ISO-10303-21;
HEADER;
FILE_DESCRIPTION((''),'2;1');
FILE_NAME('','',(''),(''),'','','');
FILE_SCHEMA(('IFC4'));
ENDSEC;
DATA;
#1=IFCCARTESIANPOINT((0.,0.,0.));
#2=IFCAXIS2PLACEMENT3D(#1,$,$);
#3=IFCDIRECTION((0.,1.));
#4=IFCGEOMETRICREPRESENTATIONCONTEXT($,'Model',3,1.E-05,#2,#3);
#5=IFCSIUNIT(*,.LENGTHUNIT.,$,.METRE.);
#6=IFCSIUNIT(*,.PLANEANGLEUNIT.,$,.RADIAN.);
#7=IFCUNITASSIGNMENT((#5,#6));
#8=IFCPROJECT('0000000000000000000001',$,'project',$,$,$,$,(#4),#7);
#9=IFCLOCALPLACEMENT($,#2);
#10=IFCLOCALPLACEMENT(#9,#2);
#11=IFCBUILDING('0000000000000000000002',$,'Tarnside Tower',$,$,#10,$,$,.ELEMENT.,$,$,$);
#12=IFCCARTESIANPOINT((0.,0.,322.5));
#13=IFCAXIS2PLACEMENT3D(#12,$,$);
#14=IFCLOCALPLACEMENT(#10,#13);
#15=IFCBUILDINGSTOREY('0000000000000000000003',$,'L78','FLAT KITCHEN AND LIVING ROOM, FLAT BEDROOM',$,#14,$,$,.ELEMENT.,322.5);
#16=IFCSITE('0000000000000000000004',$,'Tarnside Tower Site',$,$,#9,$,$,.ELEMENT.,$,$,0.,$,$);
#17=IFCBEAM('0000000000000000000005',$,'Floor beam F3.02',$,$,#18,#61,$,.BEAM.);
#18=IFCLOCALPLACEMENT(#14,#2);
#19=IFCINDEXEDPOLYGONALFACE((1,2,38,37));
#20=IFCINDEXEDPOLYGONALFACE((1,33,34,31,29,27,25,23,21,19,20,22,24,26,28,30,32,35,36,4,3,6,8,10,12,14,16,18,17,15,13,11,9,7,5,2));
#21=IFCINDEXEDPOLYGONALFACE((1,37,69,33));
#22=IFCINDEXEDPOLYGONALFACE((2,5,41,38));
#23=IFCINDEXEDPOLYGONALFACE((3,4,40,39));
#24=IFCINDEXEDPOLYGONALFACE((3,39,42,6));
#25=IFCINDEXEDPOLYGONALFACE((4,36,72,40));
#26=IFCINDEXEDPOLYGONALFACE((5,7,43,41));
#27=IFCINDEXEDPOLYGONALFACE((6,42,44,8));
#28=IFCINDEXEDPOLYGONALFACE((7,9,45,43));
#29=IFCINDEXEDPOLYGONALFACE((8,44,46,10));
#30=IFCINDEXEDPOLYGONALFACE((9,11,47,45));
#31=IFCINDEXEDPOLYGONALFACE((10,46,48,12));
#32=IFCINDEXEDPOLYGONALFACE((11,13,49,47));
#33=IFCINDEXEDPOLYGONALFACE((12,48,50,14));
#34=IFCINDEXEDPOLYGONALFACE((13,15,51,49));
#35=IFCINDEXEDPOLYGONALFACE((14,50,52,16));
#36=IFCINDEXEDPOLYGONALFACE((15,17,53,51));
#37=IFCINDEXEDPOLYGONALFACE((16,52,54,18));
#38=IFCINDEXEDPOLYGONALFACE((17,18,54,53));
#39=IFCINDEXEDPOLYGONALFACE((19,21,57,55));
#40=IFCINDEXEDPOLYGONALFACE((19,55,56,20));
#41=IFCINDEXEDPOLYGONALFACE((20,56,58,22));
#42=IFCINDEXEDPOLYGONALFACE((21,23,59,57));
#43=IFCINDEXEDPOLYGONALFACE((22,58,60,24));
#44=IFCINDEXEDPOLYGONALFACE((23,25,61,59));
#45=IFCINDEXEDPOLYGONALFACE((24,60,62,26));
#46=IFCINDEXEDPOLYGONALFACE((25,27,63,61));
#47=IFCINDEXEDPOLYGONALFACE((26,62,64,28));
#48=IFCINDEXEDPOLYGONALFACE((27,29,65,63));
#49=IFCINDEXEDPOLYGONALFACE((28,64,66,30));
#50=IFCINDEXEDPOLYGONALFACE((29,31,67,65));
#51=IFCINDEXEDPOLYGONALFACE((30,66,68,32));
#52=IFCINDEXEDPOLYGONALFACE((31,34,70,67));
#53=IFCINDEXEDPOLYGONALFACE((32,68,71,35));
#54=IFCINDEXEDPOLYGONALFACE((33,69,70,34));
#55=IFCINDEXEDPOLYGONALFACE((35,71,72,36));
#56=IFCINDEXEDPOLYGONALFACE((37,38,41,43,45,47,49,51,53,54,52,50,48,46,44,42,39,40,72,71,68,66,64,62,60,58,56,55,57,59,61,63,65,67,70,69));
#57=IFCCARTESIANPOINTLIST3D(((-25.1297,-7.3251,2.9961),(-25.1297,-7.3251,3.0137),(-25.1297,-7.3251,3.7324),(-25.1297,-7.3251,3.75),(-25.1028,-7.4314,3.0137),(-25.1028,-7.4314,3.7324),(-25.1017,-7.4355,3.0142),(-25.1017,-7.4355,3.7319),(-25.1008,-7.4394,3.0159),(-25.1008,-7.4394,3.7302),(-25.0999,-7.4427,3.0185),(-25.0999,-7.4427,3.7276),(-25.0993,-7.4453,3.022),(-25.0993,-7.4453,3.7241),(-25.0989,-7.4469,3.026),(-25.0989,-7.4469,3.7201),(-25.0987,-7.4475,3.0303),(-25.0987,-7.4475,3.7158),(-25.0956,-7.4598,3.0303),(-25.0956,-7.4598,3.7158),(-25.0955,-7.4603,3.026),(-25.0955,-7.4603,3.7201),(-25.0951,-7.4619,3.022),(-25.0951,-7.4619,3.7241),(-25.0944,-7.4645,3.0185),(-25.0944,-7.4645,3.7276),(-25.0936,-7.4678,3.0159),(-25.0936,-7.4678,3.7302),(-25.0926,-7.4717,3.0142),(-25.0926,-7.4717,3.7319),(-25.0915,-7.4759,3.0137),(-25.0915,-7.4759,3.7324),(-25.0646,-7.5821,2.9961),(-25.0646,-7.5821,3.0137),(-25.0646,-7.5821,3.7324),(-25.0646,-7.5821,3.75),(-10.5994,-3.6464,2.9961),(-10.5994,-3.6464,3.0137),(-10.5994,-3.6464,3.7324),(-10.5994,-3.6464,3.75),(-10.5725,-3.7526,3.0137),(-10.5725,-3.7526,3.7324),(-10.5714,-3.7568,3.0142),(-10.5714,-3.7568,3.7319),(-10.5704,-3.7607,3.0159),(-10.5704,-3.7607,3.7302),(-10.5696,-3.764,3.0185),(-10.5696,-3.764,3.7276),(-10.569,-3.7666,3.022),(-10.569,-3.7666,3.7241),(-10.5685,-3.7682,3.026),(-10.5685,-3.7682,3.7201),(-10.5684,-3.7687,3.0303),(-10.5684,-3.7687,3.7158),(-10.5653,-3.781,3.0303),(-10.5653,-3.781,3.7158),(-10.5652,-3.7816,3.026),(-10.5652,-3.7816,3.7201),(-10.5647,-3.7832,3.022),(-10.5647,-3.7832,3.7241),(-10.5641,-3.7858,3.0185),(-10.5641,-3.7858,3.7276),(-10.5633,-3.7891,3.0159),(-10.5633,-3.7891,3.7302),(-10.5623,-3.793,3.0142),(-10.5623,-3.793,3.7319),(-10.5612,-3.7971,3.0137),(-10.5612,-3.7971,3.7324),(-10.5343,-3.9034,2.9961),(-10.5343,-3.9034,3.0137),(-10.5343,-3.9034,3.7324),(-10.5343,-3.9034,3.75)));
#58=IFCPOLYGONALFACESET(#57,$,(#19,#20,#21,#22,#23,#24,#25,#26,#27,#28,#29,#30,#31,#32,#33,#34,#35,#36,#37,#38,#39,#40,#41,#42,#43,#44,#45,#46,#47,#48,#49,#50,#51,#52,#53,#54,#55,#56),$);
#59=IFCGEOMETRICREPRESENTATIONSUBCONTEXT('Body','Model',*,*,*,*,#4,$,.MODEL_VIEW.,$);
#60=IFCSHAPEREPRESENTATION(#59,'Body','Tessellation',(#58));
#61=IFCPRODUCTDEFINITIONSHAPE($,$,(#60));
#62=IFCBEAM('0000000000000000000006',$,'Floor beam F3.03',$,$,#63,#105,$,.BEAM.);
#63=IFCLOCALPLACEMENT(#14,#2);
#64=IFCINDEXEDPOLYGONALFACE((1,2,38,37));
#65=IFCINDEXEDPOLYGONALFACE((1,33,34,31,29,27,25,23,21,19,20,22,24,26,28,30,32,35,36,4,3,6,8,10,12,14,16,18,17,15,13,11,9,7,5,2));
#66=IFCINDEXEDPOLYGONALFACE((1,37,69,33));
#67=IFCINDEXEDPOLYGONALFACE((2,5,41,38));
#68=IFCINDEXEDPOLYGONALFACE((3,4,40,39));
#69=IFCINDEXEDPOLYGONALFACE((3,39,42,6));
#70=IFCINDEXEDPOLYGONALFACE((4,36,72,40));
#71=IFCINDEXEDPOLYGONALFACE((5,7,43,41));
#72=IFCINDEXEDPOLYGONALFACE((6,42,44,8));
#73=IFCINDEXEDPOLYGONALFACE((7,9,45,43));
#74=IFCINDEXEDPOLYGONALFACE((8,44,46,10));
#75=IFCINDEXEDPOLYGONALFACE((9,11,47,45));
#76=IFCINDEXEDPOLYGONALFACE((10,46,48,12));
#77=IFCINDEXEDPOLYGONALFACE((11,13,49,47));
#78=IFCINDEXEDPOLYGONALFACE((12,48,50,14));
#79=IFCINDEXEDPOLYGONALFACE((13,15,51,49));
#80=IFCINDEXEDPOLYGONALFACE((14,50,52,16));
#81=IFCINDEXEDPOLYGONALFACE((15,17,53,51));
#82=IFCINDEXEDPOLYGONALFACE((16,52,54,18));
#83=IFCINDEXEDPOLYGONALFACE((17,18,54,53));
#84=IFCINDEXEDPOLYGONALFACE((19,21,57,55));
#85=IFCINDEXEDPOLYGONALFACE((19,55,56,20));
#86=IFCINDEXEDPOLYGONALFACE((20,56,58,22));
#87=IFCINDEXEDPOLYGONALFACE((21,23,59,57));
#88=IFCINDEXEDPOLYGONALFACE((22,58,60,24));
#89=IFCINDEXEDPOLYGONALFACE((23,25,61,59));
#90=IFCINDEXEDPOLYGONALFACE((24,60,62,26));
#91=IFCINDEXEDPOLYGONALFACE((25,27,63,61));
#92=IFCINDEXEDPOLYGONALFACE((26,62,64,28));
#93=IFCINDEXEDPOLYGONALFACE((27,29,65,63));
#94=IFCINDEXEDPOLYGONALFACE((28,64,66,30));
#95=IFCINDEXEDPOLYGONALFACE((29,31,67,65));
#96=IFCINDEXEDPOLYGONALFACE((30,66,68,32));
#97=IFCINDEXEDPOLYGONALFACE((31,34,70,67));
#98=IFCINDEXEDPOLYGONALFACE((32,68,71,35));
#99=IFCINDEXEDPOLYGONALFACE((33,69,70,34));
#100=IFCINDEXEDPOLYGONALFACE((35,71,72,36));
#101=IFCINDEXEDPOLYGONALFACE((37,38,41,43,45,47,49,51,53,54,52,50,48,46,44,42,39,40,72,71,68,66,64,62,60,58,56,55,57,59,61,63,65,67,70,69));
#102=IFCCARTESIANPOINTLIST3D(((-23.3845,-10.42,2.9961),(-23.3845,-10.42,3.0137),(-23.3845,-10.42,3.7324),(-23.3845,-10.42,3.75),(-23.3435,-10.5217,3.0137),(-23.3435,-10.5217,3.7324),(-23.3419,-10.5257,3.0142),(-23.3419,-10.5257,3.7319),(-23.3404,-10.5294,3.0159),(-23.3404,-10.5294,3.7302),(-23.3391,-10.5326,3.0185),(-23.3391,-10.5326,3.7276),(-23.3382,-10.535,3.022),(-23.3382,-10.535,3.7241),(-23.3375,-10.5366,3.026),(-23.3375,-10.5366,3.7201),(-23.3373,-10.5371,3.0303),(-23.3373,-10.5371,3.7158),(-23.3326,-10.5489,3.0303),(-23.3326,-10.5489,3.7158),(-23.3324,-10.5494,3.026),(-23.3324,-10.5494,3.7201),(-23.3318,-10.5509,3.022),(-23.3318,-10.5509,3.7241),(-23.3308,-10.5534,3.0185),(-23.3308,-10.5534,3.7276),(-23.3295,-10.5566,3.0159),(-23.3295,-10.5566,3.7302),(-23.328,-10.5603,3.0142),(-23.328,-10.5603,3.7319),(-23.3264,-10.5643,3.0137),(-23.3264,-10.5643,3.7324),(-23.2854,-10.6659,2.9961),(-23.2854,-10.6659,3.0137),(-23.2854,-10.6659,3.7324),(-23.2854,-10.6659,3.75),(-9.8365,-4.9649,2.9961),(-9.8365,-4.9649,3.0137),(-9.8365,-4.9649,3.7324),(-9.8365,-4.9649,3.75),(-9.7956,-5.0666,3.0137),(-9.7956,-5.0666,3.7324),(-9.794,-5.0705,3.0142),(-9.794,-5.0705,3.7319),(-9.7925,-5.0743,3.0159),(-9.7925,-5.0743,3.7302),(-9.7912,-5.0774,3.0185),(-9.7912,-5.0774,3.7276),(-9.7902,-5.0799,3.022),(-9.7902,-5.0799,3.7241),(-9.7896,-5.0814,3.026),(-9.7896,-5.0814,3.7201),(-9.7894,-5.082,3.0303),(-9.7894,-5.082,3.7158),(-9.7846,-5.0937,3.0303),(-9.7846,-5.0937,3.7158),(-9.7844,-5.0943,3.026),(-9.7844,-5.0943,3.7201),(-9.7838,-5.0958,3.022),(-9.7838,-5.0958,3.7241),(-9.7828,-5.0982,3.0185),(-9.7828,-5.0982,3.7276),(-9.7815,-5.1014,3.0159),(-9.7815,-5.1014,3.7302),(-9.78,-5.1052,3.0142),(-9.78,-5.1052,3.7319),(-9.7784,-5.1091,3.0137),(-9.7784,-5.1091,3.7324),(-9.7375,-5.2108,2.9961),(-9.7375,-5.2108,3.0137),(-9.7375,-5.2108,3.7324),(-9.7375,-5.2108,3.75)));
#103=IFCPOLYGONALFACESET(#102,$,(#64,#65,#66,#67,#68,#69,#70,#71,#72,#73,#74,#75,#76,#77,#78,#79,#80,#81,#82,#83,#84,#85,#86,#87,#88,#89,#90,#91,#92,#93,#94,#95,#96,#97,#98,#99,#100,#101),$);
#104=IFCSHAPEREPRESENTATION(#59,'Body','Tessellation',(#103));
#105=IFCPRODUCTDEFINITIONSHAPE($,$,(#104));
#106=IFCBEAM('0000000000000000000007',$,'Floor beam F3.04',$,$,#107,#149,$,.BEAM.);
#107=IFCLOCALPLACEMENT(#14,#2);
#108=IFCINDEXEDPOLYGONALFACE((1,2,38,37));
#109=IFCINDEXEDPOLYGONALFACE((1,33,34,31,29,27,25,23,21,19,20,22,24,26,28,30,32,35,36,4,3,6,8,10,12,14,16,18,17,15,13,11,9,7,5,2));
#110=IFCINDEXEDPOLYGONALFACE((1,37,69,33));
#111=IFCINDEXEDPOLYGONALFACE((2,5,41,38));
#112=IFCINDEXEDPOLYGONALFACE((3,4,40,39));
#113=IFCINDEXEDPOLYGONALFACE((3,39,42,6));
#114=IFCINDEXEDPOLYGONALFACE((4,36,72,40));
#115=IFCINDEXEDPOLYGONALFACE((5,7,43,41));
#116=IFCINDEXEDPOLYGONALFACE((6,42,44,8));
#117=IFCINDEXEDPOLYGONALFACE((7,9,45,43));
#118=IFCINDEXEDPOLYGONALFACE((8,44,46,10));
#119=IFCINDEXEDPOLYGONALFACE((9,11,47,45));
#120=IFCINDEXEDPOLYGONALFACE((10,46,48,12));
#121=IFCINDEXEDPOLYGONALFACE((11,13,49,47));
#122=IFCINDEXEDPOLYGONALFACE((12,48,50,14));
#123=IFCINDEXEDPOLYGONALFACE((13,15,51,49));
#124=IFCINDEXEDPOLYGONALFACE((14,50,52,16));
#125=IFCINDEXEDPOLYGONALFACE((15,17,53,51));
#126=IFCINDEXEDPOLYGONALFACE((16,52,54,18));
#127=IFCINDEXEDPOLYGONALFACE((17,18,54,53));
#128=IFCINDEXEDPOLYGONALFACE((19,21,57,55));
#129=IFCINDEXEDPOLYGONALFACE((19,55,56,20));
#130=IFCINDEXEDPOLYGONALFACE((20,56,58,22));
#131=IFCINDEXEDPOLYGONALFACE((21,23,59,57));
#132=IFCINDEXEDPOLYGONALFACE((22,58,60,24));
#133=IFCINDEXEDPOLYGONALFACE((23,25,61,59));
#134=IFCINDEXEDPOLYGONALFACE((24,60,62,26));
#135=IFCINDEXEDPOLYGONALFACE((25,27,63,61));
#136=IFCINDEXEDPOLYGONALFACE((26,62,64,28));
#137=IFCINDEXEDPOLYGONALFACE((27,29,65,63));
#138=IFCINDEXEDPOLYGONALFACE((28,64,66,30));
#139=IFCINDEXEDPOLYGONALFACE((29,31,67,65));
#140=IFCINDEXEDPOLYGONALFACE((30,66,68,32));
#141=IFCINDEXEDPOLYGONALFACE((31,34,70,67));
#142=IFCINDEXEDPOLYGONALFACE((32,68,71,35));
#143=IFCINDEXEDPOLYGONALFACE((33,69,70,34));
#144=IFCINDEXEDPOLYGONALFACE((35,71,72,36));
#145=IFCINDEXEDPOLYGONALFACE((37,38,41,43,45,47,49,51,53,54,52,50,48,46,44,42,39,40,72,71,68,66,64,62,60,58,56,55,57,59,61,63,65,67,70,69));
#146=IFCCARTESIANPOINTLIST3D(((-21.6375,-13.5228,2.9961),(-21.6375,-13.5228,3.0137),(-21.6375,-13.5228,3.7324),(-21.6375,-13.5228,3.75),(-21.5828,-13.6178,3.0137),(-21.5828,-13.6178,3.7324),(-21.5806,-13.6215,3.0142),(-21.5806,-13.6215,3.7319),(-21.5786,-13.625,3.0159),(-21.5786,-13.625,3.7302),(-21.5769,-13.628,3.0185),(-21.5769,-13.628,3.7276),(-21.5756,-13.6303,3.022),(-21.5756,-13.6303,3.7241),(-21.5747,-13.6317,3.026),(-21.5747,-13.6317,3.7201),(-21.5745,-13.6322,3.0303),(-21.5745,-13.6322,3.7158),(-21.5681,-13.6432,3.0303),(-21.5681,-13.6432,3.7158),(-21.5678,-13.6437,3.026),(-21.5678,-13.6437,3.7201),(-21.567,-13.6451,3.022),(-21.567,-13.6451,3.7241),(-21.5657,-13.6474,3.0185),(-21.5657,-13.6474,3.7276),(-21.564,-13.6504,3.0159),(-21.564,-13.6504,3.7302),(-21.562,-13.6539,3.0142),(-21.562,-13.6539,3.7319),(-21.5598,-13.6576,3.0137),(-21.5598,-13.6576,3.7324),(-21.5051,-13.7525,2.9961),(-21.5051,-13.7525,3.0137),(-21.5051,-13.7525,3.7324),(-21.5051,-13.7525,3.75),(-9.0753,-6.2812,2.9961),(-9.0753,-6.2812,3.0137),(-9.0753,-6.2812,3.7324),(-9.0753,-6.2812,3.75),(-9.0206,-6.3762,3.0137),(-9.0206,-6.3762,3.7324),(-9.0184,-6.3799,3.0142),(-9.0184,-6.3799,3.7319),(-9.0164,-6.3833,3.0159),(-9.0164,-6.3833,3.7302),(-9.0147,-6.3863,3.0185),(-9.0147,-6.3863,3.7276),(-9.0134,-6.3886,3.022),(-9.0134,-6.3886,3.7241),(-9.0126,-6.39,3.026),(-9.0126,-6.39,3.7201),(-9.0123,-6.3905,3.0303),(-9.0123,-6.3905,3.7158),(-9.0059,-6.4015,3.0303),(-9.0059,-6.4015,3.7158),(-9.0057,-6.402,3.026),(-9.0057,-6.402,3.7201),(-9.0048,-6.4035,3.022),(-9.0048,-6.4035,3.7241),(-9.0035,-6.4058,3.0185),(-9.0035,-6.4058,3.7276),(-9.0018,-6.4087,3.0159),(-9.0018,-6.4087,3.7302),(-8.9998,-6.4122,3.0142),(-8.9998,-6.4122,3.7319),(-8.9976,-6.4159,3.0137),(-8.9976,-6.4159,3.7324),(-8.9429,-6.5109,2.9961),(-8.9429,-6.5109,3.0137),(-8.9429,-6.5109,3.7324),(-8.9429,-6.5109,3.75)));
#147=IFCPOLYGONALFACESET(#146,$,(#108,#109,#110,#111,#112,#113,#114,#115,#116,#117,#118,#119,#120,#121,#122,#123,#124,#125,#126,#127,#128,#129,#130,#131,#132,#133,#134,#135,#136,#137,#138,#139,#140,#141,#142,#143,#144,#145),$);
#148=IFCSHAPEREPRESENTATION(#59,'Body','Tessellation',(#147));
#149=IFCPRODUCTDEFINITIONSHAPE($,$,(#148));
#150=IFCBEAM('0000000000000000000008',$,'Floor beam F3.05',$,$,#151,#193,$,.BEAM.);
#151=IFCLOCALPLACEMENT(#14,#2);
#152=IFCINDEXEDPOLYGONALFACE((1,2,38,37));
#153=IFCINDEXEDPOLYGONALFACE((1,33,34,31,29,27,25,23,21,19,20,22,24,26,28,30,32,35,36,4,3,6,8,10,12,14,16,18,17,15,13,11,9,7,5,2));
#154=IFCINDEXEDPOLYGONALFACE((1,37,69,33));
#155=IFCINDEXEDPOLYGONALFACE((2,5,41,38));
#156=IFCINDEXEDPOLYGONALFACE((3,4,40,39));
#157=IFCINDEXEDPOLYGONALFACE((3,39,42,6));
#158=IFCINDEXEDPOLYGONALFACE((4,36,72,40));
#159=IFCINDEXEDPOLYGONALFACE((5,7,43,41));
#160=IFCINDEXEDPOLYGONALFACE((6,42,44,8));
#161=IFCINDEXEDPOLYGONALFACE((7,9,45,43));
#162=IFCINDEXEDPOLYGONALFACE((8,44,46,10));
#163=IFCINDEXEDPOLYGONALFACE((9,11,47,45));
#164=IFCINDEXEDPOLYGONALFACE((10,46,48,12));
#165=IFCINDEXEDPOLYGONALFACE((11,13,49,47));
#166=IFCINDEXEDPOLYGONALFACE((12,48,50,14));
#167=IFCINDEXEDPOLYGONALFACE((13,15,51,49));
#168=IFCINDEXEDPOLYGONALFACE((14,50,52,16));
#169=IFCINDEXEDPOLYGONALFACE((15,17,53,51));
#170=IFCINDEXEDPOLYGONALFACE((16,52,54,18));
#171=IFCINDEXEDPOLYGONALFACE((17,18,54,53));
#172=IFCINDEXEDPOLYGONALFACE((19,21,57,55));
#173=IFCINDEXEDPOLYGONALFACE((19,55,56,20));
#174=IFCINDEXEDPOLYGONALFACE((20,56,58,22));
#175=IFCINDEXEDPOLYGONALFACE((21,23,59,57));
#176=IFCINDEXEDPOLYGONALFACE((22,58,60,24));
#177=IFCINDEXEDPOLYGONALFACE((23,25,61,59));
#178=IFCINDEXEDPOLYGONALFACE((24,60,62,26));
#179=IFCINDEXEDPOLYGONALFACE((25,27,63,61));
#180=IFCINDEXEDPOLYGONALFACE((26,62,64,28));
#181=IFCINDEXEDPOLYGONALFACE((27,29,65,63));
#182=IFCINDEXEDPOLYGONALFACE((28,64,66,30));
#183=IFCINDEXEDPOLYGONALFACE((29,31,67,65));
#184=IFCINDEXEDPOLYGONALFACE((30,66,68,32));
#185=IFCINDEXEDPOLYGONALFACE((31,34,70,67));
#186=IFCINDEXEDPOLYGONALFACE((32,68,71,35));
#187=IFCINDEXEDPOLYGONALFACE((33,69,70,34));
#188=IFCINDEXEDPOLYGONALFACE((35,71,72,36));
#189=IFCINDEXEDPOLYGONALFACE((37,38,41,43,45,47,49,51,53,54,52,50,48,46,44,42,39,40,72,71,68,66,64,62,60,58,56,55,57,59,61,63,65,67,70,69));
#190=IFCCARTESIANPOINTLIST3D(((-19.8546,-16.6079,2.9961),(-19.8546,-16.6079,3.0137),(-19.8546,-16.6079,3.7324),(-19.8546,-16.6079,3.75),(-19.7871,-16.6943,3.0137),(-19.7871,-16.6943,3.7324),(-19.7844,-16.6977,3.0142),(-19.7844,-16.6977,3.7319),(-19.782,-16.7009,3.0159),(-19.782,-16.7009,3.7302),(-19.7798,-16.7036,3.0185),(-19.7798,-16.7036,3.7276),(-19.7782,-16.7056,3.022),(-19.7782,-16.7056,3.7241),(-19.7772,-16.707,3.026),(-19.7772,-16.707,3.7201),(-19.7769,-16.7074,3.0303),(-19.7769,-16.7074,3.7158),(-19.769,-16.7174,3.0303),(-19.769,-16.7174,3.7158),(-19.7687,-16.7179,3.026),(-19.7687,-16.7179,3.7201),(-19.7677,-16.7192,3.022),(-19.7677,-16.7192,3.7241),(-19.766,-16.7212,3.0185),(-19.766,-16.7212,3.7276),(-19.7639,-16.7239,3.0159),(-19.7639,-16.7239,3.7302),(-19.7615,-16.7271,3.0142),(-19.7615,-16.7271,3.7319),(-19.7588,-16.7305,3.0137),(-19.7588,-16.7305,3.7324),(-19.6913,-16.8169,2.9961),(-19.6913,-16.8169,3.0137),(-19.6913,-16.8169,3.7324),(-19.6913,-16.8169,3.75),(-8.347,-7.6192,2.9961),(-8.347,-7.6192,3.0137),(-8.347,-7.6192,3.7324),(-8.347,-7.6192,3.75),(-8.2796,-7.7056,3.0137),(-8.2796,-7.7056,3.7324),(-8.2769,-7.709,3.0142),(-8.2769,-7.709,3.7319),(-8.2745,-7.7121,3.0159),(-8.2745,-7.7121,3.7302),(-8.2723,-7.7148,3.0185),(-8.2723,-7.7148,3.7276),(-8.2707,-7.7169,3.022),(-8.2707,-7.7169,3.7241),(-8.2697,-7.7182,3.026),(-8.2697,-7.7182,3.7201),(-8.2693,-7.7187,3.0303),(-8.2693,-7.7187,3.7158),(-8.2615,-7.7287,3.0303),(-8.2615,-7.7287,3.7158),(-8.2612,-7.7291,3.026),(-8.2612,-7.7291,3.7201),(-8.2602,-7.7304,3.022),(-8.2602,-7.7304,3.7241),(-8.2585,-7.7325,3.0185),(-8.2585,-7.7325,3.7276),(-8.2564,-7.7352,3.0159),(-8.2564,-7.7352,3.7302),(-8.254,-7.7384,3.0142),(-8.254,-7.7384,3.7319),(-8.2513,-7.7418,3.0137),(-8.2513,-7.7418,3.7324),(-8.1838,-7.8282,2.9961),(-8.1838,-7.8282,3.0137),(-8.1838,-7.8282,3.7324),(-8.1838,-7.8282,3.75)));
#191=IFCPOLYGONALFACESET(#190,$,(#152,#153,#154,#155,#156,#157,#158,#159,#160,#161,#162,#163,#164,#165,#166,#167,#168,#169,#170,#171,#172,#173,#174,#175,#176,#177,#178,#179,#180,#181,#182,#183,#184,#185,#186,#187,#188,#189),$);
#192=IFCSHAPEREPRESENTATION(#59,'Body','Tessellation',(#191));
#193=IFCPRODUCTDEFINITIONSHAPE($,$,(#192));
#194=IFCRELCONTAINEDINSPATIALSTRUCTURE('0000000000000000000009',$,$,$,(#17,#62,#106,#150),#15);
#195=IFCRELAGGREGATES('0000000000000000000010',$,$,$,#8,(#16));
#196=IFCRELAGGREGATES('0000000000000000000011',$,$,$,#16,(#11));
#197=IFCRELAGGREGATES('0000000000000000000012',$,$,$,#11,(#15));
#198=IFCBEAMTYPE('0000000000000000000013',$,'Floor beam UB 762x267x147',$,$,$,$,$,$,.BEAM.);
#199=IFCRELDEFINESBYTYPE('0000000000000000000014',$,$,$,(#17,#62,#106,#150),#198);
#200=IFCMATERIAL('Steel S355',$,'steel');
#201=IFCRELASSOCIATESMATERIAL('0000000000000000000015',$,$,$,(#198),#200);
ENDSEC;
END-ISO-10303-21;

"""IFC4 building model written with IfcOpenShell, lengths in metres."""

from ifc_helpers import new_model, si_unit, direction, frame, origin, origin_2d, place, context, subcontext, project, spatial, i_section, extrude, material, material_profile, profile_set, type_object, element, save


model = new_model("IFC4")

# Units and contexts
model_context = context("Model", 3, precision=1e-05, world=origin(), true_north=direction((0.0, 1.0)))
body_context = subcontext(model_context, "Body", "Model", "MODEL_VIEW")
ifc_project = project(units=[si_unit("LENGTHUNIT", "METRE"), si_unit("PLANEANGLEUNIT", "RADIAN")], contexts=[model_context])

# Site, building, storey
site_placement = place(None, origin())
site = spatial("IfcSite", under=ifc_project, at=site_placement, Name="Tarnside Tower Site", CompositionType="ELEMENT", RefElevation=0.0)
building_placement = place(site_placement, origin())
building = spatial("IfcBuilding", under=site, at=building_placement, Name="Tarnside Tower", CompositionType="ELEMENT")
storey_placement = place(building_placement, frame((0.0, 0.0, 322.5)))
storey = spatial("IfcBuildingStorey", under=building, at=storey_placement, Name="L78", Description="FLAT KITCHEN AND LIVING ROOM, FLAT BEDROOM", CompositionType="ELEMENT", Elevation=322.5)

# Beams
ifc_material_1 = material(Name="Steel S355", Category="steel")
ifc_material_profile_1 = material_profile(ifc_material_1, i_section(OverallWidth=0.2651, OverallDepth=0.7539, WebThickness=0.0127, FlangeThickness=0.0176, FilletRadius=0.0166, at=origin_2d()), Name="UB 762x267x147")
ifc_profile_set_1 = profile_set([ifc_material_profile_1], Name="Steel S355")
beam_type_1 = type_object("IfcBeamType", Name="Floor beam UB 762x267x147", PredefinedType="BEAM", material=ifc_profile_set_1)
beam_1_placement = place(storey_placement, frame((-25.0972, -7.4536, 3.373), z_axis=(0.969414, 0.245432, 0.0), x_axis=(-0.245432, 0.969414, 0.0)))
element("IfcBeam", 1, at=beam_1_placement, inside=storey, type_object=beam_type_1, Name="Floor beam F3.02", PredefinedType="BEAM", context=body_context, shape_type="SweptSolid", body=[
    extrude(i_section(OverallWidth=0.2651, OverallDepth=0.7539, WebThickness=0.0127, FlangeThickness=0.0176, FilletRadius=0.0166, at=origin_2d()), origin(), (0.0, 0.0, 1.0), 14.9888),
])
beam_2_placement = place(storey_placement, frame((-23.335, -10.543, 3.373), z_axis=(0.927626, 0.373511, 0.0), x_axis=(-0.373511, 0.927626, 0.0)))
element("IfcBeam", 2, at=beam_2_placement, inside=storey, type_object=beam_type_1, Name="Floor beam F3.03", PredefinedType="BEAM", context=body_context, shape_type="SweptSolid", body=[
    extrude(i_section(OverallWidth=0.2651, OverallDepth=0.7539, WebThickness=0.0127, FlangeThickness=0.0176, FilletRadius=0.0166, at=origin_2d()), origin(), (0.0, 0.0, 1.0), 14.605),
])
beam_3_placement = place(storey_placement, frame((-21.5713, -13.6377, 3.373), z_axis=(0.866357, 0.499425, 0.0), x_axis=(-0.499425, 0.866357, 0.0)))
element("IfcBeam", 3, at=beam_3_placement, inside=storey, type_object=beam_type_1, Name="Floor beam F3.04", PredefinedType="BEAM", context=body_context, shape_type="SweptSolid", body=[
    extrude(i_section(OverallWidth=0.2651, OverallDepth=0.7539, WebThickness=0.0127, FlangeThickness=0.0176, FilletRadius=0.0166, at=origin_2d()), origin(), (0.0, 0.0, 1.0), 14.5),
])
beam_4_placement = place(storey_placement, frame((-19.7729, -16.7124, 3.373), z_axis=(0.788075, 0.615579, 0.0), x_axis=(-0.615579, 0.788075, 0.0)))
element("IfcBeam", 4, at=beam_4_placement, inside=storey, type_object=beam_type_1, Name="Floor beam F3.05", PredefinedType="BEAM", context=body_context, shape_type="SweptSolid", body=[
    extrude(i_section(OverallWidth=0.2651, OverallDepth=0.7539, WebThickness=0.0127, FlangeThickness=0.0176, FilletRadius=0.0166, at=origin_2d()), origin(), (0.0, 0.0, 1.0), 14.6021),
])

save(model, "model.ifc")
